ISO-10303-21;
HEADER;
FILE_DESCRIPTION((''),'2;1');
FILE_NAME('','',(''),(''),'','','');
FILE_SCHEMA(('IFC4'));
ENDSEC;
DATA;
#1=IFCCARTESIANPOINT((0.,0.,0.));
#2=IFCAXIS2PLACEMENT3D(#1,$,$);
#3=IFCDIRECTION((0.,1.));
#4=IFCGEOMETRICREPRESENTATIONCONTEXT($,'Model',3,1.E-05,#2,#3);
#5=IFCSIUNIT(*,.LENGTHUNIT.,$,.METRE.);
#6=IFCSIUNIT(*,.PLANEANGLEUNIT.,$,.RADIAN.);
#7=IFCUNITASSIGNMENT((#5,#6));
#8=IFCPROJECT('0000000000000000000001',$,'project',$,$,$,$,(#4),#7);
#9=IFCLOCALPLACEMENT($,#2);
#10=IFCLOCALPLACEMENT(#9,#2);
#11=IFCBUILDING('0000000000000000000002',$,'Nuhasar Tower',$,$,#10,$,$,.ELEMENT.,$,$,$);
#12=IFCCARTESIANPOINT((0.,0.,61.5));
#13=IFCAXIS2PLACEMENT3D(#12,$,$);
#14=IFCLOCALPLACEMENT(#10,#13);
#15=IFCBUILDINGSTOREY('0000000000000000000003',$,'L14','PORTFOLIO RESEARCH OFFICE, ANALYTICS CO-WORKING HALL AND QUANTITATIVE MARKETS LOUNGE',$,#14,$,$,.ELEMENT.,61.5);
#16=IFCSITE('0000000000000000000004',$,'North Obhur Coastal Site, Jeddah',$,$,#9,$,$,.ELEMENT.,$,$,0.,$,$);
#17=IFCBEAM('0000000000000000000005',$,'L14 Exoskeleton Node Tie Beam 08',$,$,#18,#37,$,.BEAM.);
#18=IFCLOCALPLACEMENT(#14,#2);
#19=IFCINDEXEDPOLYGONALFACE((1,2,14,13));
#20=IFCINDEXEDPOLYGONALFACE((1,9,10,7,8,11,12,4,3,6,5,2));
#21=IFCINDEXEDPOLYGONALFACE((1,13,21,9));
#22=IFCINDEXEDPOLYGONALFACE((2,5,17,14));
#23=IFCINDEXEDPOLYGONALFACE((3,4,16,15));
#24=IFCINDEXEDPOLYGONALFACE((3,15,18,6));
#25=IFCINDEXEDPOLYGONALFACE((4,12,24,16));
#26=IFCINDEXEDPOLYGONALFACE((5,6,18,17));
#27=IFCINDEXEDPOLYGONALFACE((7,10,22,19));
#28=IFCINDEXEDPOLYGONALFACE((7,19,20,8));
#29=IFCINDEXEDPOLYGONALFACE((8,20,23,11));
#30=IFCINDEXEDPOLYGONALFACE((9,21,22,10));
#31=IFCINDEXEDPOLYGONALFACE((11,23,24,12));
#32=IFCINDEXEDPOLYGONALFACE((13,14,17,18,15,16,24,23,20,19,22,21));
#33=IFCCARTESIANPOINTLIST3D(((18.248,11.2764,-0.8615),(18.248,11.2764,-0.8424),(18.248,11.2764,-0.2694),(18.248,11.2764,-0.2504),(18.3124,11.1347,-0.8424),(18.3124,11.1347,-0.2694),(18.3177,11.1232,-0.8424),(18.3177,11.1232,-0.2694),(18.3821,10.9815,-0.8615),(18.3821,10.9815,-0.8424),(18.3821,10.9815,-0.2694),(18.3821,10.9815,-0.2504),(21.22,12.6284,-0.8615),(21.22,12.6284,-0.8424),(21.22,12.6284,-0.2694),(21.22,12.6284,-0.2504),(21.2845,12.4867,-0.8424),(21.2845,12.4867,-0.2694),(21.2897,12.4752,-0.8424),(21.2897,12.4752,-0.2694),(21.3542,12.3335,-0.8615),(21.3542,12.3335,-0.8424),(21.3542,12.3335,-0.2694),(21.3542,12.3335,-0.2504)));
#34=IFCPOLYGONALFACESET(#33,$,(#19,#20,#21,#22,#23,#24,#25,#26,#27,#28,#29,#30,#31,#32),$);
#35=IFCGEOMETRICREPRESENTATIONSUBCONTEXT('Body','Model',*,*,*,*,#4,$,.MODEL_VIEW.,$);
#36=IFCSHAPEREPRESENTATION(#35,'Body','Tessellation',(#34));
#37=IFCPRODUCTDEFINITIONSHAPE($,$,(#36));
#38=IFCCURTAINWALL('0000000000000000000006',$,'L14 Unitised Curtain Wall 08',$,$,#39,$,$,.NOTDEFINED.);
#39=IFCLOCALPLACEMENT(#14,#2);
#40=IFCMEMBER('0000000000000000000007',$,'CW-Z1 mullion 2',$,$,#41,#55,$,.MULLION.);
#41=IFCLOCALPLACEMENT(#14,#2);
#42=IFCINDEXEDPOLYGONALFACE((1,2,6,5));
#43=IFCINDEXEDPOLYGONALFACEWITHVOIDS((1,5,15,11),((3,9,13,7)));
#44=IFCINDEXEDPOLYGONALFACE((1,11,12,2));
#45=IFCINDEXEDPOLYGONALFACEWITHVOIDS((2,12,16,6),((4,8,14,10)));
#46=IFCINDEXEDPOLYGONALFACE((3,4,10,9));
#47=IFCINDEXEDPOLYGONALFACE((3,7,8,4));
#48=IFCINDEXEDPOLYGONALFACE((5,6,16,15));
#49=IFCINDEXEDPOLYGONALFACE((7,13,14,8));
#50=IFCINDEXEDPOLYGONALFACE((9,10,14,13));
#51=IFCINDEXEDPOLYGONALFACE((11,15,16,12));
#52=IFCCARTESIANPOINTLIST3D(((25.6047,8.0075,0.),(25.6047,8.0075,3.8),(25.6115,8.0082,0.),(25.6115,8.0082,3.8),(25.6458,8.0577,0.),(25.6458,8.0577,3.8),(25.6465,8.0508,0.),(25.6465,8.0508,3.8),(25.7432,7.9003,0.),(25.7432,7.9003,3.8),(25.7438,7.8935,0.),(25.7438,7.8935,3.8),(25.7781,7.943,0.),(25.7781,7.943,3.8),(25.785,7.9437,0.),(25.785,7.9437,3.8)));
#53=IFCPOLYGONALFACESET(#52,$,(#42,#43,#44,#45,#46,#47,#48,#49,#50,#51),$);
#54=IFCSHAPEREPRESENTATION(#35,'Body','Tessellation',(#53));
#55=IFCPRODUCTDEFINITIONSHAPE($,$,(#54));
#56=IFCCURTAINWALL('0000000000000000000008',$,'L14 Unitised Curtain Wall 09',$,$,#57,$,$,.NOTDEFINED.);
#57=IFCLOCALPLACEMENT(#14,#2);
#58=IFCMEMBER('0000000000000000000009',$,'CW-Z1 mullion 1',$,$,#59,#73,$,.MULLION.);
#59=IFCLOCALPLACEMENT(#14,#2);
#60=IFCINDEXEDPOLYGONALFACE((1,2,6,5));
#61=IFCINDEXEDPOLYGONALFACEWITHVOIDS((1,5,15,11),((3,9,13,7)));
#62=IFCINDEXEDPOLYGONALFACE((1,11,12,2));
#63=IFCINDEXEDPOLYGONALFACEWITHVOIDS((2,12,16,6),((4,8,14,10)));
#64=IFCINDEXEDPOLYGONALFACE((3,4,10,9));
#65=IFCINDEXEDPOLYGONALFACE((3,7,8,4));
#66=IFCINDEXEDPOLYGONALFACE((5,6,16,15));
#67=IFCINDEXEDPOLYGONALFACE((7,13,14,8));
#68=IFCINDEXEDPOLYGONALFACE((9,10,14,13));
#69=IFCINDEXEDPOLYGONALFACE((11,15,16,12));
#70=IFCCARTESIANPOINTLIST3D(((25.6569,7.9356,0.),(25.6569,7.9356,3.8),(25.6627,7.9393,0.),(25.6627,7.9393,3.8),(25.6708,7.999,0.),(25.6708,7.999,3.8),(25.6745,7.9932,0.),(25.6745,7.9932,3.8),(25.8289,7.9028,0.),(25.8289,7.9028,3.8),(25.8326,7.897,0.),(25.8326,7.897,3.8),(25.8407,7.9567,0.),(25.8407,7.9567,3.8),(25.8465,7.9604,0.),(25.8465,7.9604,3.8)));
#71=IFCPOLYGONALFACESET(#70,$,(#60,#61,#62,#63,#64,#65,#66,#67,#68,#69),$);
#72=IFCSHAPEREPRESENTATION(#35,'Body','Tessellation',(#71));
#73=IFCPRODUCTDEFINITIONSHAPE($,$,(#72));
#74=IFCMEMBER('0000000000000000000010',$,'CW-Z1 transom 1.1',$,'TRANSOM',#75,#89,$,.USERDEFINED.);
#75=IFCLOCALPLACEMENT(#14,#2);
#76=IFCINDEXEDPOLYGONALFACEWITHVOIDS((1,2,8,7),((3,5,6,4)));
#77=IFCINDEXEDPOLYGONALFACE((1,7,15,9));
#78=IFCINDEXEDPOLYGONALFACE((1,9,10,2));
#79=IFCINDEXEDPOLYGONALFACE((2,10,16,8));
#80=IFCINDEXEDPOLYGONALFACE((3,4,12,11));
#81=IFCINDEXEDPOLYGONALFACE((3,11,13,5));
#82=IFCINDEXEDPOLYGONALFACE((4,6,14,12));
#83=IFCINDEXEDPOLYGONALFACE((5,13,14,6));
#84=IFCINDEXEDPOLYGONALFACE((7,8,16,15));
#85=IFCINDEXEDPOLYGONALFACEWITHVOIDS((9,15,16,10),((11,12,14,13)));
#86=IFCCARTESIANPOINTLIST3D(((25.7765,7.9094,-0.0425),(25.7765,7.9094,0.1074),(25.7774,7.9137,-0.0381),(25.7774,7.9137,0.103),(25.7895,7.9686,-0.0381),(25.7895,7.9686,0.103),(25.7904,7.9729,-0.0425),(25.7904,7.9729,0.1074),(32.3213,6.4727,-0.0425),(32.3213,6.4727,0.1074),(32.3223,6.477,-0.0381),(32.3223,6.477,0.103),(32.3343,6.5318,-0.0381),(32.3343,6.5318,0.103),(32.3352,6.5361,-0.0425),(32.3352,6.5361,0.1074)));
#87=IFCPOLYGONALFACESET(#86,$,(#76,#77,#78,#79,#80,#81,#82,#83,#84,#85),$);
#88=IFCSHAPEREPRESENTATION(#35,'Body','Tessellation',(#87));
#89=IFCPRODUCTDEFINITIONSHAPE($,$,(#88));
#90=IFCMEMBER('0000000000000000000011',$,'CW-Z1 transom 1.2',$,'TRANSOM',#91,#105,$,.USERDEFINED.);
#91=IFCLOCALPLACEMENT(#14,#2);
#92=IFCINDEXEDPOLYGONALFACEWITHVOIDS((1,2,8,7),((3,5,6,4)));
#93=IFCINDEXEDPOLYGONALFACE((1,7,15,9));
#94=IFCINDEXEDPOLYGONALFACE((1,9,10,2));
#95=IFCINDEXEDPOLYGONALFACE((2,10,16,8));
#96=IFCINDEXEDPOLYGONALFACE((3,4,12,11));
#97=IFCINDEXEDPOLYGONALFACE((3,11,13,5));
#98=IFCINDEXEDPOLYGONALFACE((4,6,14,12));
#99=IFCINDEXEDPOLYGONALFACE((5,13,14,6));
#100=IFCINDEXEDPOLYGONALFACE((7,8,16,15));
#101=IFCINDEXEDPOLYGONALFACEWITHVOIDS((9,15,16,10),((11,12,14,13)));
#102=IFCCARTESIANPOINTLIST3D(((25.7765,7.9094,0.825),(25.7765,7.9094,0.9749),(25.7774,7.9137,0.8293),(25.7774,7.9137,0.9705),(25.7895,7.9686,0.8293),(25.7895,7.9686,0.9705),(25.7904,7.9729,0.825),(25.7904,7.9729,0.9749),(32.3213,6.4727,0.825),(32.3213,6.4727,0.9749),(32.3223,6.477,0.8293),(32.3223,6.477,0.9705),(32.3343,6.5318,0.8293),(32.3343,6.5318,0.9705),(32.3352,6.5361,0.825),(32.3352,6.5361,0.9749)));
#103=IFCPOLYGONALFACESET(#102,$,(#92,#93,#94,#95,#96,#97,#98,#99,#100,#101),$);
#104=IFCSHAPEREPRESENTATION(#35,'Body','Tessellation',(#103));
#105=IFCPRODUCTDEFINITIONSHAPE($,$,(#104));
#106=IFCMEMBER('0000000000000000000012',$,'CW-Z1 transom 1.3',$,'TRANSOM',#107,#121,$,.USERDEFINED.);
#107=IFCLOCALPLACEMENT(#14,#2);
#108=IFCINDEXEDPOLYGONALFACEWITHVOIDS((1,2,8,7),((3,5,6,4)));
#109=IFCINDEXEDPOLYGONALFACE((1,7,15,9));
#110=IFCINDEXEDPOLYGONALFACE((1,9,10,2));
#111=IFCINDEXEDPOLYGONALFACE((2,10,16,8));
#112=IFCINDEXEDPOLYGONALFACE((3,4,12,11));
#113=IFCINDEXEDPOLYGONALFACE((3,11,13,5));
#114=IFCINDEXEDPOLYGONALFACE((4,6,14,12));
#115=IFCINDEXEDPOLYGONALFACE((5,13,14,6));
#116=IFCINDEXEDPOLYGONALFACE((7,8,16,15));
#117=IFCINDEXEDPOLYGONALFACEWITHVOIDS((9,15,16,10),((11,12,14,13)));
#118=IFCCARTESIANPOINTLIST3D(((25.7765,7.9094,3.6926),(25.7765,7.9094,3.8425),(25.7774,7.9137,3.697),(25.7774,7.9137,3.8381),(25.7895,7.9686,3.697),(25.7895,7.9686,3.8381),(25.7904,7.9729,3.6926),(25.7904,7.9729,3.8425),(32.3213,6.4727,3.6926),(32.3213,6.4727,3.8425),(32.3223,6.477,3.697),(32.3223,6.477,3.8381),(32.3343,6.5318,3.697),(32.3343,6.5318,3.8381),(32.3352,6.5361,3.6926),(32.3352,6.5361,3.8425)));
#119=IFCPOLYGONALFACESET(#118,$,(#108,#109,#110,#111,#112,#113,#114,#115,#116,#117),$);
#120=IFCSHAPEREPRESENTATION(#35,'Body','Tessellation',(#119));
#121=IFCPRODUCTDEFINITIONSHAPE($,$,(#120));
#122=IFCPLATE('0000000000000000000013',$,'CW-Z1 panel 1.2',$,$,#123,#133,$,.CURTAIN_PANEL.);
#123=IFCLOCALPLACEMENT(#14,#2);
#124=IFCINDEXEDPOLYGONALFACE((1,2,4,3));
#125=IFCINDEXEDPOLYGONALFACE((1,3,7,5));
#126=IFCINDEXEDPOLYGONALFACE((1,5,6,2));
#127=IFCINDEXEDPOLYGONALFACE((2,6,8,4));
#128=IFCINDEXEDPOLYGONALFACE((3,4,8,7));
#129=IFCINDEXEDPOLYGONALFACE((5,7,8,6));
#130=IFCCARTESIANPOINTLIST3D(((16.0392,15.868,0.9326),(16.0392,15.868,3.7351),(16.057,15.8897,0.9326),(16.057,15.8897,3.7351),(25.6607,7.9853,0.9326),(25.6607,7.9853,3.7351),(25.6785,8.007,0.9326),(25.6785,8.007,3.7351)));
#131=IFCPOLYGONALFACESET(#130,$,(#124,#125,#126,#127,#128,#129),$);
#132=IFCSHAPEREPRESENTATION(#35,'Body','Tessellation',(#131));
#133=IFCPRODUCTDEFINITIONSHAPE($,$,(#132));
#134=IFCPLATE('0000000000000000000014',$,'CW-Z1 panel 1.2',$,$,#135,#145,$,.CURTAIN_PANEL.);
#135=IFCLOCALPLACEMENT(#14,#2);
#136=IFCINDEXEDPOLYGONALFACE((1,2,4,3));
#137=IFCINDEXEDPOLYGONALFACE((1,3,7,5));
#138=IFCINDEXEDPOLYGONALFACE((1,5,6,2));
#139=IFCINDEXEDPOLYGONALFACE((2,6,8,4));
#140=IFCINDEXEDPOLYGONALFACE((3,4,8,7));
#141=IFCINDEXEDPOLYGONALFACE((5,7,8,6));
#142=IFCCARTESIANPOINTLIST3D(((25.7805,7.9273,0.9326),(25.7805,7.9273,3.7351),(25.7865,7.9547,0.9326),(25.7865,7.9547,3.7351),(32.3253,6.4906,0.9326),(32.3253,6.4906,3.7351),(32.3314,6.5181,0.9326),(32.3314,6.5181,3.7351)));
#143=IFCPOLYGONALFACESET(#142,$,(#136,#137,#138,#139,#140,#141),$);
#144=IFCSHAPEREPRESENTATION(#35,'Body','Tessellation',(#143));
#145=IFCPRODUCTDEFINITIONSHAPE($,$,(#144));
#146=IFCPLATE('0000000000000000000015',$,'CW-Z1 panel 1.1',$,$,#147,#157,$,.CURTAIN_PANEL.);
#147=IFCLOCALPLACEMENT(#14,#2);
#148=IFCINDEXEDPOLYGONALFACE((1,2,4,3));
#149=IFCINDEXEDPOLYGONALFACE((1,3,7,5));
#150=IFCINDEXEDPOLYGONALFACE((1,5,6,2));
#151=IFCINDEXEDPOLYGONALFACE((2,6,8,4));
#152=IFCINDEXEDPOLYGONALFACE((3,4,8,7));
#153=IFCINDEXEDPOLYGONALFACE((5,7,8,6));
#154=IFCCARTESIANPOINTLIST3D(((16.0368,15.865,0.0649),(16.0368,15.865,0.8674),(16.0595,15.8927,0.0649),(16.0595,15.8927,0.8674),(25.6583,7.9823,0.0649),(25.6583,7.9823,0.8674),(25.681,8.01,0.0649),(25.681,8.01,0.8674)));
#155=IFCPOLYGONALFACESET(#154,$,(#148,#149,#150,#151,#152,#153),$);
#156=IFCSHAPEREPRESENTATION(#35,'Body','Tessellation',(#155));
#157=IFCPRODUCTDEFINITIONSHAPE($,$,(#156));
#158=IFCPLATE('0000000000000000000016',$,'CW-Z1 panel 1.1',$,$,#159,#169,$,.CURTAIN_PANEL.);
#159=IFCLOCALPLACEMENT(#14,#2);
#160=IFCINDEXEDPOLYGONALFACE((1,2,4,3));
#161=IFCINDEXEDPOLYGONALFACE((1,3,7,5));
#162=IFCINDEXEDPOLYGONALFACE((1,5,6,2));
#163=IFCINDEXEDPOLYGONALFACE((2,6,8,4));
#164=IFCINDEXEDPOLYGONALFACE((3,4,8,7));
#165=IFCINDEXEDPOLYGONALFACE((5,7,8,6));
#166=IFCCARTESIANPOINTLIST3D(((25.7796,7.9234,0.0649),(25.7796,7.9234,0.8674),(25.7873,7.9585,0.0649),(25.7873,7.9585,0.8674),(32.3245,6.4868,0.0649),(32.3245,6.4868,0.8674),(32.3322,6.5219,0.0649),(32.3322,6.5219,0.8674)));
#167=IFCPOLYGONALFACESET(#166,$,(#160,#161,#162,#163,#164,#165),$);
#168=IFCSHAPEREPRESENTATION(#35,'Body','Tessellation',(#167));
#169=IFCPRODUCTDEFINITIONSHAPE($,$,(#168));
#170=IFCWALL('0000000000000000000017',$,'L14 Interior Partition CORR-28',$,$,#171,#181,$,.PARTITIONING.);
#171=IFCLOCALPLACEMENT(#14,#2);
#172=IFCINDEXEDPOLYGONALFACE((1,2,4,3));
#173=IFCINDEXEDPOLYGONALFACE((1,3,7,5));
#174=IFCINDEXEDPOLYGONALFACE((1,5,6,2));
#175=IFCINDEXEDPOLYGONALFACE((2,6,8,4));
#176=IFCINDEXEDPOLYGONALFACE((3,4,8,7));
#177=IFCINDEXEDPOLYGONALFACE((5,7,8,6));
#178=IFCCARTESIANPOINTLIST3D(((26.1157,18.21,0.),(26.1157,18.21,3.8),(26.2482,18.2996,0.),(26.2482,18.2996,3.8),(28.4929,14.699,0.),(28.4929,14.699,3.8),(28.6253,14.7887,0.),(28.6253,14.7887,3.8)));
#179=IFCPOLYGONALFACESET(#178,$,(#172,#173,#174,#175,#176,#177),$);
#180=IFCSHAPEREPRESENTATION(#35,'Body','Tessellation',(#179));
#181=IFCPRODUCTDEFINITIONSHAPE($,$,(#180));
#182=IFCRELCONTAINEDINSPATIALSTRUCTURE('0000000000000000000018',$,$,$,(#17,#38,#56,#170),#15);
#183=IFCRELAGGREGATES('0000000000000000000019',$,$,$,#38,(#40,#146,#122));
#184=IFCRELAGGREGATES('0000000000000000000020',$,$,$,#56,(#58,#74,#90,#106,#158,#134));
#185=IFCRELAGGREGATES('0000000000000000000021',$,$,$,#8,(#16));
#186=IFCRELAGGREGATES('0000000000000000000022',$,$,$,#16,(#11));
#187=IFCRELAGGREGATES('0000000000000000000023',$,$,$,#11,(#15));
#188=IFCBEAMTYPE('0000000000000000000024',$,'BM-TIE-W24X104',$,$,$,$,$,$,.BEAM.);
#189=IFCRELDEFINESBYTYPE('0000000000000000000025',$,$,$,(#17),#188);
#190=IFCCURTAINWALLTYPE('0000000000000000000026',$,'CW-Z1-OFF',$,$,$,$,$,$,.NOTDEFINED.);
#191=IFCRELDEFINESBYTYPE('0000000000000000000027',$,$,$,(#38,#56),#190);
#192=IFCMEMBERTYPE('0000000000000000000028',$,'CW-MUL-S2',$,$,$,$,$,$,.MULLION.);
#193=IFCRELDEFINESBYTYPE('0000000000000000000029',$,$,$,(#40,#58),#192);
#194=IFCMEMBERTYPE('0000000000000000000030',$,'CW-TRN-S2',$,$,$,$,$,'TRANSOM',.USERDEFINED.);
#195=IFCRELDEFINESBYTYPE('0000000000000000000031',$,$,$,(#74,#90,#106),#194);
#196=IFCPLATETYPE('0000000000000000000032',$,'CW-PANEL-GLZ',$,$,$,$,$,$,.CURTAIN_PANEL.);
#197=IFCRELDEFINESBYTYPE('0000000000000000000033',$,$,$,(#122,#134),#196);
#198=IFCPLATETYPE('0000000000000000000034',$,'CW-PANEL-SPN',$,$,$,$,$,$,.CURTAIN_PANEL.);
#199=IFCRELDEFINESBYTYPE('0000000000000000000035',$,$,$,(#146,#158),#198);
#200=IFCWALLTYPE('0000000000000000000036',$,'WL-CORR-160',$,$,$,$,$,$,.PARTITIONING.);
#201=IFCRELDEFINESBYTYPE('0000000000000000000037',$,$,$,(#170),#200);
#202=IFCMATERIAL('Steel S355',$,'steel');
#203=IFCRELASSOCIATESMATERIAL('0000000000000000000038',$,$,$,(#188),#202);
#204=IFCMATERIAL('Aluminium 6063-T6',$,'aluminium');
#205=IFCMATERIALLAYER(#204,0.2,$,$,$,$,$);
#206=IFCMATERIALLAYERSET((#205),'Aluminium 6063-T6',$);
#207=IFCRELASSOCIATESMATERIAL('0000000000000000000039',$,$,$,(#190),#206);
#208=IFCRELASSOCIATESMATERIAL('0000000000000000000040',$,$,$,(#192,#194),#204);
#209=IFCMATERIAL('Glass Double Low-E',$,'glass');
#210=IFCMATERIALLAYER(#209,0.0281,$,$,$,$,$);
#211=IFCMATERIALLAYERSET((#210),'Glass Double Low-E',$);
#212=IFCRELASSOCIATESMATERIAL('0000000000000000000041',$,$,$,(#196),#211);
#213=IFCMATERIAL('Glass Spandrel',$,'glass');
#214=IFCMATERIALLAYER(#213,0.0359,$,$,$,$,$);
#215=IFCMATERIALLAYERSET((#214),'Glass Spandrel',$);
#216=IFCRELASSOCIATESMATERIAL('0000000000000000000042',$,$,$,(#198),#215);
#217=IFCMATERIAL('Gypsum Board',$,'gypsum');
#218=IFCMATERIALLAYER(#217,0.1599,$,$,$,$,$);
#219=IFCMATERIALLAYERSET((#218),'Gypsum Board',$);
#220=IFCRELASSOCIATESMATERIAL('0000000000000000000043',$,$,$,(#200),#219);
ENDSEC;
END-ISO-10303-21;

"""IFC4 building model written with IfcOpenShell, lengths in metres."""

from ifc_helpers import new_model, si_unit, direction, frame, frame_2d, origin, origin_2d, place, context, subcontext, project, spatial, rectangle, hollow_rectangle, i_section, extrude, material, layer, layer_set, material_profile, profile_set, type_object, element, aggregate, save


model = new_model("IFC4")

# Units and contexts
model_context = context("Model", 3, precision=1e-05, world=origin(), true_north=direction((0.0, 1.0)))
body_context = subcontext(model_context, "Body", "Model", "MODEL_VIEW")
ifc_project = project(units=[si_unit("LENGTHUNIT", "METRE"), si_unit("PLANEANGLEUNIT", "RADIAN")], contexts=[model_context])

# Site, building, storey
site_placement = place(None, origin())
site = spatial("IfcSite", under=ifc_project, at=site_placement, Name="North Obhur Coastal Site, Jeddah", CompositionType="ELEMENT", RefElevation=0.0)
building_placement = place(site_placement, origin())
building = spatial("IfcBuilding", under=site, at=building_placement, Name="Nuhasar Tower", CompositionType="ELEMENT")
storey_placement = place(building_placement, frame((0.0, 0.0, 61.5)))
storey = spatial("IfcBuildingStorey", under=building, at=storey_placement, Name="L14", Description="PORTFOLIO RESEARCH OFFICE, ANALYTICS CO-WORKING HALL AND QUANTITATIVE MARKETS LOUNGE", CompositionType="ELEMENT", Elevation=61.5)

# Beam
ifc_material_1 = material(Name="Steel S355", Category="steel")
ifc_material_profile_1 = material_profile(ifc_material_1, i_section(OverallWidth=0.324, OverallDepth=0.6111, WebThickness=0.0127, FlangeThickness=0.019, at=origin_2d()), Name="W24X104")
ifc_profile_set_1 = profile_set([ifc_material_profile_1], Name="Steel S355")
beam_type_1 = type_object("IfcBeamType", Name="BM-TIE-W24X104", PredefinedType="BEAM", material=ifc_profile_set_1)
beam_1_placement = place(storey_placement, frame((21.2871, 12.481, -0.5559), z_axis=(-0.910244, -0.414073, 0.0), x_axis=(0.414073, -0.910244, 0.0)))
element("IfcBeam", 1, at=beam_1_placement, inside=storey, type_object=beam_type_1, Name="L14 Exoskeleton Node Tie Beam 08", PredefinedType="BEAM", context=body_context, shape_type="SweptSolid", body=[
    extrude(i_section(OverallWidth=0.324, OverallDepth=0.6111, WebThickness=0.0127, FlangeThickness=0.019, at=origin_2d()), origin(), (0.0, 0.0, 1.0), 3.2651),
])

# Curtain wall, member
ifc_material_2 = material(Name="Aluminium 6063-T6", Category="aluminium")
ifc_layer_1 = layer(ifc_material_2, 0.2)
ifc_layer_set_1 = layer_set([ifc_layer_1], Name="Aluminium 6063-T6")
curtain_wall_type = type_object("IfcCurtainWallType", Name="CW-Z1-OFF", PredefinedType="NOTDEFINED", material=ifc_layer_set_1)
curtain_wall_1_placement = place(storey_placement, origin())
curtain_wall_1 = element("IfcCurtainWall", 2, at=curtain_wall_1_placement, inside=storey, type_object=curtain_wall_type, Name="L14 Unitised Curtain Wall 08", PredefinedType="NOTDEFINED")
ifc_material_profile_2 = material_profile(ifc_material_2, hollow_rectangle(XDim=0.0649, YDim=0.1799, WallThickness=0.0049, at=origin_2d()), Name="CWM-2")
ifc_profile_set_2 = profile_set([ifc_material_profile_2], Name="Aluminium 6063-T6")
member_type_1 = type_object("IfcMemberType", Name="CW-MUL-S2", PredefinedType="MULLION", material=ifc_profile_set_2)
member_1_placement = place(storey_placement, frame((25.6948, 7.9756, 0.0), z_axis=(0.0, 0.0, 1.0), x_axis=(0.633745, 0.773542, 0.0)))
member_1 = element("IfcMember", 3, at=member_1_placement, type_object=member_type_1, Name="CW-Z1 mullion 2", PredefinedType="MULLION", context=body_context, shape_type="SweptSolid", body=[
    extrude(hollow_rectangle(XDim=0.0649, YDim=0.1799, WallThickness=0.0049, at=origin_2d()), origin(), (0.0, 0.0, 1.0), 3.8),
])

# Curtain wall, members
curtain_wall_2_placement = place(storey_placement, origin())
curtain_wall_2 = element("IfcCurtainWall", 4, at=curtain_wall_2_placement, inside=storey, type_object=curtain_wall_type, Name="L14 Unitised Curtain Wall 09", PredefinedType="NOTDEFINED")
member_2_placement = place(storey_placement, frame((25.7517, 7.948, 0.0), z_axis=(0.0, 0.0, 1.0), x_axis=(0.214399, 0.976746, 0.0)))
member_2 = element("IfcMember", 5, at=member_2_placement, type_object=member_type_1, Name="CW-Z1 mullion 1", PredefinedType="MULLION", context=body_context, shape_type="SweptSolid", body=[
    extrude(hollow_rectangle(XDim=0.0649, YDim=0.1799, WallThickness=0.0049, at=origin_2d()), origin(), (0.0, 0.0, 1.0), 3.8),
])
ifc_material_profile_3 = material_profile(ifc_material_2, hollow_rectangle(XDim=0.0649, YDim=0.1499, WallThickness=0.0044, at=origin_2d()), Name="CWT-2")
ifc_profile_set_3 = profile_set([ifc_material_profile_3], Name="Aluminium 6063-T6")
member_type_2 = type_object("IfcMemberType", Name="CW-TRN-S2", ElementType="TRANSOM", PredefinedType="USERDEFINED", material=ifc_profile_set_3)
member_3_placement = place(storey_placement, frame((25.7834, 7.9412, 0.0325), z_axis=(0.976742, -0.214418, 0.0), x_axis=(0.214418, 0.976742, 0.0)))
member_3 = element("IfcMember", 6, at=member_3_placement, type_object=member_type_2, Name="CW-Z1 transom 1.1", ObjectType="TRANSOM", PredefinedType="USERDEFINED", context=body_context, shape_type="SweptSolid", body=[
    extrude(hollow_rectangle(XDim=0.0649, YDim=0.1499, WallThickness=0.0044, at=origin_2d()), origin(), (0.0, 0.0, 1.0), 6.7007),
])
member_4_placement = place(storey_placement, frame((25.7834, 7.9412, 0.8999), z_axis=(0.976742, -0.214418, 0.0), x_axis=(0.214418, 0.976742, 0.0)))
member_4 = element("IfcMember", 7, at=member_4_placement, type_object=member_type_2, Name="CW-Z1 transom 1.2", ObjectType="TRANSOM", PredefinedType="USERDEFINED", context=body_context, shape_type="SweptSolid", body=[
    extrude(hollow_rectangle(XDim=0.0649, YDim=0.1499, WallThickness=0.0044, at=origin_2d()), origin(), (0.0, 0.0, 1.0), 6.7007),
])
member_5_placement = place(storey_placement, frame((25.7834, 7.9412, 3.7676), z_axis=(0.976742, -0.214418, 0.0), x_axis=(0.214418, 0.976742, 0.0)))
member_5 = element("IfcMember", 8, at=member_5_placement, type_object=member_type_2, Name="CW-Z1 transom 1.3", ObjectType="TRANSOM", PredefinedType="USERDEFINED", context=body_context, shape_type="SweptSolid", body=[
    extrude(hollow_rectangle(XDim=0.0649, YDim=0.1499, WallThickness=0.0044, at=origin_2d()), origin(), (0.0, 0.0, 1.0), 6.7007),
])

# Plates
ifc_material_3 = material(Name="Glass Double Low-E", Category="glass")
ifc_layer_2 = layer(ifc_material_3, 0.0281)
ifc_layer_set_2 = layer_set([ifc_layer_2], Name="Glass Double Low-E")
plate_type_1 = type_object("IfcPlateType", Name="CW-PANEL-GLZ", PredefinedType="CURTAIN_PANEL", material=ifc_layer_set_2)
plate_1_placement = place(storey_placement, frame((20.8589, 11.9375, 0.9326), z_axis=(0.0, 0.0, 1.0), x_axis=(0.773542, -0.633745, 0.0)))
plate_1 = element("IfcPlate", 9, at=plate_1_placement, type_object=plate_type_1, Name="CW-Z1 panel 1.2", PredefinedType="CURTAIN_PANEL", context=body_context, shape_type="SweptSolid", body=[
    extrude(rectangle(XDim=12.4382, YDim=0.0281, at=origin_2d()), origin(), (0.0, 0.0, 1.0), 2.8025),
])
plate_2_placement = place(storey_placement, frame((29.0559, 7.2227, 0.9326), z_axis=(0.0, 0.0, 1.0), x_axis=(0.976746, -0.214399, 0.0)))
plate_2 = element("IfcPlate", 10, at=plate_2_placement, type_object=plate_type_1, Name="CW-Z1 panel 1.2", PredefinedType="CURTAIN_PANEL", context=body_context, shape_type="SweptSolid", body=[
    extrude(rectangle(XDim=6.7007, YDim=0.0281, at=origin_2d()), origin(), (0.0, 0.0, 1.0), 2.8025),
])
ifc_material_4 = material(Name="Glass Spandrel", Category="glass")
ifc_layer_3 = layer(ifc_material_4, 0.0359)
ifc_layer_set_3 = layer_set([ifc_layer_3], Name="Glass Spandrel")
plate_type_2 = type_object("IfcPlateType", Name="CW-PANEL-SPN", PredefinedType="CURTAIN_PANEL", material=ifc_layer_set_3)
plate_3_placement = place(storey_placement, frame((20.8589, 11.9375, 0.0649), z_axis=(0.0, 0.0, 1.0), x_axis=(0.773542, -0.633745, 0.0)))
plate_3 = element("IfcPlate", 11, at=plate_3_placement, type_object=plate_type_2, Name="CW-Z1 panel 1.1", PredefinedType="CURTAIN_PANEL", context=body_context, shape_type="SweptSolid", body=[
    extrude(rectangle(XDim=12.4382, YDim=0.0359, at=origin_2d()), origin(), (0.0, 0.0, 1.0), 0.8025),
])
aggregate(curtain_wall_1, [member_1, plate_3, plate_1])
plate_4_placement = place(storey_placement, frame((29.0559, 7.2227, 0.0649), z_axis=(0.0, 0.0, 1.0), x_axis=(0.976746, -0.214399, 0.0)))
plate_4 = element("IfcPlate", 12, at=plate_4_placement, type_object=plate_type_2, Name="CW-Z1 panel 1.1", PredefinedType="CURTAIN_PANEL", context=body_context, shape_type="SweptSolid", body=[
    extrude(rectangle(XDim=6.7007, YDim=0.0359, at=origin_2d()), origin(), (0.0, 0.0, 1.0), 0.8025),
])
aggregate(curtain_wall_2, [member_2, member_3, member_4, member_5, plate_4, plate_2])

# Wall
ifc_material_5 = material(Name="Gypsum Board", Category="gypsum")
ifc_layer_4 = layer(ifc_material_5, 0.1599)
ifc_layer_set_4 = layer_set([ifc_layer_4], Name="Gypsum Board")
wall_type_1 = type_object("IfcWallType", Name="WL-CORR-160", PredefinedType="PARTITIONING", material=ifc_layer_set_4)
wall_1_placement = place(storey_placement, frame((26.1819, 18.2549, 0.0), z_axis=(0.0, 0.0, 1.0), x_axis=(0.560652, -0.828051, 0.0)))
element("IfcWall", 13, at=wall_1_placement, inside=storey, type_object=wall_type_1, Name="L14 Interior Partition CORR-28", PredefinedType="PARTITIONING", context=body_context, shape_type="SweptSolid", body=[
    extrude(rectangle(XDim=4.24, YDim=0.1599, at=frame_2d((2.1201, 0.0))), origin(), (0.0, 0.0, 1.0), 3.8),
])

save(model, "model.ifc")
